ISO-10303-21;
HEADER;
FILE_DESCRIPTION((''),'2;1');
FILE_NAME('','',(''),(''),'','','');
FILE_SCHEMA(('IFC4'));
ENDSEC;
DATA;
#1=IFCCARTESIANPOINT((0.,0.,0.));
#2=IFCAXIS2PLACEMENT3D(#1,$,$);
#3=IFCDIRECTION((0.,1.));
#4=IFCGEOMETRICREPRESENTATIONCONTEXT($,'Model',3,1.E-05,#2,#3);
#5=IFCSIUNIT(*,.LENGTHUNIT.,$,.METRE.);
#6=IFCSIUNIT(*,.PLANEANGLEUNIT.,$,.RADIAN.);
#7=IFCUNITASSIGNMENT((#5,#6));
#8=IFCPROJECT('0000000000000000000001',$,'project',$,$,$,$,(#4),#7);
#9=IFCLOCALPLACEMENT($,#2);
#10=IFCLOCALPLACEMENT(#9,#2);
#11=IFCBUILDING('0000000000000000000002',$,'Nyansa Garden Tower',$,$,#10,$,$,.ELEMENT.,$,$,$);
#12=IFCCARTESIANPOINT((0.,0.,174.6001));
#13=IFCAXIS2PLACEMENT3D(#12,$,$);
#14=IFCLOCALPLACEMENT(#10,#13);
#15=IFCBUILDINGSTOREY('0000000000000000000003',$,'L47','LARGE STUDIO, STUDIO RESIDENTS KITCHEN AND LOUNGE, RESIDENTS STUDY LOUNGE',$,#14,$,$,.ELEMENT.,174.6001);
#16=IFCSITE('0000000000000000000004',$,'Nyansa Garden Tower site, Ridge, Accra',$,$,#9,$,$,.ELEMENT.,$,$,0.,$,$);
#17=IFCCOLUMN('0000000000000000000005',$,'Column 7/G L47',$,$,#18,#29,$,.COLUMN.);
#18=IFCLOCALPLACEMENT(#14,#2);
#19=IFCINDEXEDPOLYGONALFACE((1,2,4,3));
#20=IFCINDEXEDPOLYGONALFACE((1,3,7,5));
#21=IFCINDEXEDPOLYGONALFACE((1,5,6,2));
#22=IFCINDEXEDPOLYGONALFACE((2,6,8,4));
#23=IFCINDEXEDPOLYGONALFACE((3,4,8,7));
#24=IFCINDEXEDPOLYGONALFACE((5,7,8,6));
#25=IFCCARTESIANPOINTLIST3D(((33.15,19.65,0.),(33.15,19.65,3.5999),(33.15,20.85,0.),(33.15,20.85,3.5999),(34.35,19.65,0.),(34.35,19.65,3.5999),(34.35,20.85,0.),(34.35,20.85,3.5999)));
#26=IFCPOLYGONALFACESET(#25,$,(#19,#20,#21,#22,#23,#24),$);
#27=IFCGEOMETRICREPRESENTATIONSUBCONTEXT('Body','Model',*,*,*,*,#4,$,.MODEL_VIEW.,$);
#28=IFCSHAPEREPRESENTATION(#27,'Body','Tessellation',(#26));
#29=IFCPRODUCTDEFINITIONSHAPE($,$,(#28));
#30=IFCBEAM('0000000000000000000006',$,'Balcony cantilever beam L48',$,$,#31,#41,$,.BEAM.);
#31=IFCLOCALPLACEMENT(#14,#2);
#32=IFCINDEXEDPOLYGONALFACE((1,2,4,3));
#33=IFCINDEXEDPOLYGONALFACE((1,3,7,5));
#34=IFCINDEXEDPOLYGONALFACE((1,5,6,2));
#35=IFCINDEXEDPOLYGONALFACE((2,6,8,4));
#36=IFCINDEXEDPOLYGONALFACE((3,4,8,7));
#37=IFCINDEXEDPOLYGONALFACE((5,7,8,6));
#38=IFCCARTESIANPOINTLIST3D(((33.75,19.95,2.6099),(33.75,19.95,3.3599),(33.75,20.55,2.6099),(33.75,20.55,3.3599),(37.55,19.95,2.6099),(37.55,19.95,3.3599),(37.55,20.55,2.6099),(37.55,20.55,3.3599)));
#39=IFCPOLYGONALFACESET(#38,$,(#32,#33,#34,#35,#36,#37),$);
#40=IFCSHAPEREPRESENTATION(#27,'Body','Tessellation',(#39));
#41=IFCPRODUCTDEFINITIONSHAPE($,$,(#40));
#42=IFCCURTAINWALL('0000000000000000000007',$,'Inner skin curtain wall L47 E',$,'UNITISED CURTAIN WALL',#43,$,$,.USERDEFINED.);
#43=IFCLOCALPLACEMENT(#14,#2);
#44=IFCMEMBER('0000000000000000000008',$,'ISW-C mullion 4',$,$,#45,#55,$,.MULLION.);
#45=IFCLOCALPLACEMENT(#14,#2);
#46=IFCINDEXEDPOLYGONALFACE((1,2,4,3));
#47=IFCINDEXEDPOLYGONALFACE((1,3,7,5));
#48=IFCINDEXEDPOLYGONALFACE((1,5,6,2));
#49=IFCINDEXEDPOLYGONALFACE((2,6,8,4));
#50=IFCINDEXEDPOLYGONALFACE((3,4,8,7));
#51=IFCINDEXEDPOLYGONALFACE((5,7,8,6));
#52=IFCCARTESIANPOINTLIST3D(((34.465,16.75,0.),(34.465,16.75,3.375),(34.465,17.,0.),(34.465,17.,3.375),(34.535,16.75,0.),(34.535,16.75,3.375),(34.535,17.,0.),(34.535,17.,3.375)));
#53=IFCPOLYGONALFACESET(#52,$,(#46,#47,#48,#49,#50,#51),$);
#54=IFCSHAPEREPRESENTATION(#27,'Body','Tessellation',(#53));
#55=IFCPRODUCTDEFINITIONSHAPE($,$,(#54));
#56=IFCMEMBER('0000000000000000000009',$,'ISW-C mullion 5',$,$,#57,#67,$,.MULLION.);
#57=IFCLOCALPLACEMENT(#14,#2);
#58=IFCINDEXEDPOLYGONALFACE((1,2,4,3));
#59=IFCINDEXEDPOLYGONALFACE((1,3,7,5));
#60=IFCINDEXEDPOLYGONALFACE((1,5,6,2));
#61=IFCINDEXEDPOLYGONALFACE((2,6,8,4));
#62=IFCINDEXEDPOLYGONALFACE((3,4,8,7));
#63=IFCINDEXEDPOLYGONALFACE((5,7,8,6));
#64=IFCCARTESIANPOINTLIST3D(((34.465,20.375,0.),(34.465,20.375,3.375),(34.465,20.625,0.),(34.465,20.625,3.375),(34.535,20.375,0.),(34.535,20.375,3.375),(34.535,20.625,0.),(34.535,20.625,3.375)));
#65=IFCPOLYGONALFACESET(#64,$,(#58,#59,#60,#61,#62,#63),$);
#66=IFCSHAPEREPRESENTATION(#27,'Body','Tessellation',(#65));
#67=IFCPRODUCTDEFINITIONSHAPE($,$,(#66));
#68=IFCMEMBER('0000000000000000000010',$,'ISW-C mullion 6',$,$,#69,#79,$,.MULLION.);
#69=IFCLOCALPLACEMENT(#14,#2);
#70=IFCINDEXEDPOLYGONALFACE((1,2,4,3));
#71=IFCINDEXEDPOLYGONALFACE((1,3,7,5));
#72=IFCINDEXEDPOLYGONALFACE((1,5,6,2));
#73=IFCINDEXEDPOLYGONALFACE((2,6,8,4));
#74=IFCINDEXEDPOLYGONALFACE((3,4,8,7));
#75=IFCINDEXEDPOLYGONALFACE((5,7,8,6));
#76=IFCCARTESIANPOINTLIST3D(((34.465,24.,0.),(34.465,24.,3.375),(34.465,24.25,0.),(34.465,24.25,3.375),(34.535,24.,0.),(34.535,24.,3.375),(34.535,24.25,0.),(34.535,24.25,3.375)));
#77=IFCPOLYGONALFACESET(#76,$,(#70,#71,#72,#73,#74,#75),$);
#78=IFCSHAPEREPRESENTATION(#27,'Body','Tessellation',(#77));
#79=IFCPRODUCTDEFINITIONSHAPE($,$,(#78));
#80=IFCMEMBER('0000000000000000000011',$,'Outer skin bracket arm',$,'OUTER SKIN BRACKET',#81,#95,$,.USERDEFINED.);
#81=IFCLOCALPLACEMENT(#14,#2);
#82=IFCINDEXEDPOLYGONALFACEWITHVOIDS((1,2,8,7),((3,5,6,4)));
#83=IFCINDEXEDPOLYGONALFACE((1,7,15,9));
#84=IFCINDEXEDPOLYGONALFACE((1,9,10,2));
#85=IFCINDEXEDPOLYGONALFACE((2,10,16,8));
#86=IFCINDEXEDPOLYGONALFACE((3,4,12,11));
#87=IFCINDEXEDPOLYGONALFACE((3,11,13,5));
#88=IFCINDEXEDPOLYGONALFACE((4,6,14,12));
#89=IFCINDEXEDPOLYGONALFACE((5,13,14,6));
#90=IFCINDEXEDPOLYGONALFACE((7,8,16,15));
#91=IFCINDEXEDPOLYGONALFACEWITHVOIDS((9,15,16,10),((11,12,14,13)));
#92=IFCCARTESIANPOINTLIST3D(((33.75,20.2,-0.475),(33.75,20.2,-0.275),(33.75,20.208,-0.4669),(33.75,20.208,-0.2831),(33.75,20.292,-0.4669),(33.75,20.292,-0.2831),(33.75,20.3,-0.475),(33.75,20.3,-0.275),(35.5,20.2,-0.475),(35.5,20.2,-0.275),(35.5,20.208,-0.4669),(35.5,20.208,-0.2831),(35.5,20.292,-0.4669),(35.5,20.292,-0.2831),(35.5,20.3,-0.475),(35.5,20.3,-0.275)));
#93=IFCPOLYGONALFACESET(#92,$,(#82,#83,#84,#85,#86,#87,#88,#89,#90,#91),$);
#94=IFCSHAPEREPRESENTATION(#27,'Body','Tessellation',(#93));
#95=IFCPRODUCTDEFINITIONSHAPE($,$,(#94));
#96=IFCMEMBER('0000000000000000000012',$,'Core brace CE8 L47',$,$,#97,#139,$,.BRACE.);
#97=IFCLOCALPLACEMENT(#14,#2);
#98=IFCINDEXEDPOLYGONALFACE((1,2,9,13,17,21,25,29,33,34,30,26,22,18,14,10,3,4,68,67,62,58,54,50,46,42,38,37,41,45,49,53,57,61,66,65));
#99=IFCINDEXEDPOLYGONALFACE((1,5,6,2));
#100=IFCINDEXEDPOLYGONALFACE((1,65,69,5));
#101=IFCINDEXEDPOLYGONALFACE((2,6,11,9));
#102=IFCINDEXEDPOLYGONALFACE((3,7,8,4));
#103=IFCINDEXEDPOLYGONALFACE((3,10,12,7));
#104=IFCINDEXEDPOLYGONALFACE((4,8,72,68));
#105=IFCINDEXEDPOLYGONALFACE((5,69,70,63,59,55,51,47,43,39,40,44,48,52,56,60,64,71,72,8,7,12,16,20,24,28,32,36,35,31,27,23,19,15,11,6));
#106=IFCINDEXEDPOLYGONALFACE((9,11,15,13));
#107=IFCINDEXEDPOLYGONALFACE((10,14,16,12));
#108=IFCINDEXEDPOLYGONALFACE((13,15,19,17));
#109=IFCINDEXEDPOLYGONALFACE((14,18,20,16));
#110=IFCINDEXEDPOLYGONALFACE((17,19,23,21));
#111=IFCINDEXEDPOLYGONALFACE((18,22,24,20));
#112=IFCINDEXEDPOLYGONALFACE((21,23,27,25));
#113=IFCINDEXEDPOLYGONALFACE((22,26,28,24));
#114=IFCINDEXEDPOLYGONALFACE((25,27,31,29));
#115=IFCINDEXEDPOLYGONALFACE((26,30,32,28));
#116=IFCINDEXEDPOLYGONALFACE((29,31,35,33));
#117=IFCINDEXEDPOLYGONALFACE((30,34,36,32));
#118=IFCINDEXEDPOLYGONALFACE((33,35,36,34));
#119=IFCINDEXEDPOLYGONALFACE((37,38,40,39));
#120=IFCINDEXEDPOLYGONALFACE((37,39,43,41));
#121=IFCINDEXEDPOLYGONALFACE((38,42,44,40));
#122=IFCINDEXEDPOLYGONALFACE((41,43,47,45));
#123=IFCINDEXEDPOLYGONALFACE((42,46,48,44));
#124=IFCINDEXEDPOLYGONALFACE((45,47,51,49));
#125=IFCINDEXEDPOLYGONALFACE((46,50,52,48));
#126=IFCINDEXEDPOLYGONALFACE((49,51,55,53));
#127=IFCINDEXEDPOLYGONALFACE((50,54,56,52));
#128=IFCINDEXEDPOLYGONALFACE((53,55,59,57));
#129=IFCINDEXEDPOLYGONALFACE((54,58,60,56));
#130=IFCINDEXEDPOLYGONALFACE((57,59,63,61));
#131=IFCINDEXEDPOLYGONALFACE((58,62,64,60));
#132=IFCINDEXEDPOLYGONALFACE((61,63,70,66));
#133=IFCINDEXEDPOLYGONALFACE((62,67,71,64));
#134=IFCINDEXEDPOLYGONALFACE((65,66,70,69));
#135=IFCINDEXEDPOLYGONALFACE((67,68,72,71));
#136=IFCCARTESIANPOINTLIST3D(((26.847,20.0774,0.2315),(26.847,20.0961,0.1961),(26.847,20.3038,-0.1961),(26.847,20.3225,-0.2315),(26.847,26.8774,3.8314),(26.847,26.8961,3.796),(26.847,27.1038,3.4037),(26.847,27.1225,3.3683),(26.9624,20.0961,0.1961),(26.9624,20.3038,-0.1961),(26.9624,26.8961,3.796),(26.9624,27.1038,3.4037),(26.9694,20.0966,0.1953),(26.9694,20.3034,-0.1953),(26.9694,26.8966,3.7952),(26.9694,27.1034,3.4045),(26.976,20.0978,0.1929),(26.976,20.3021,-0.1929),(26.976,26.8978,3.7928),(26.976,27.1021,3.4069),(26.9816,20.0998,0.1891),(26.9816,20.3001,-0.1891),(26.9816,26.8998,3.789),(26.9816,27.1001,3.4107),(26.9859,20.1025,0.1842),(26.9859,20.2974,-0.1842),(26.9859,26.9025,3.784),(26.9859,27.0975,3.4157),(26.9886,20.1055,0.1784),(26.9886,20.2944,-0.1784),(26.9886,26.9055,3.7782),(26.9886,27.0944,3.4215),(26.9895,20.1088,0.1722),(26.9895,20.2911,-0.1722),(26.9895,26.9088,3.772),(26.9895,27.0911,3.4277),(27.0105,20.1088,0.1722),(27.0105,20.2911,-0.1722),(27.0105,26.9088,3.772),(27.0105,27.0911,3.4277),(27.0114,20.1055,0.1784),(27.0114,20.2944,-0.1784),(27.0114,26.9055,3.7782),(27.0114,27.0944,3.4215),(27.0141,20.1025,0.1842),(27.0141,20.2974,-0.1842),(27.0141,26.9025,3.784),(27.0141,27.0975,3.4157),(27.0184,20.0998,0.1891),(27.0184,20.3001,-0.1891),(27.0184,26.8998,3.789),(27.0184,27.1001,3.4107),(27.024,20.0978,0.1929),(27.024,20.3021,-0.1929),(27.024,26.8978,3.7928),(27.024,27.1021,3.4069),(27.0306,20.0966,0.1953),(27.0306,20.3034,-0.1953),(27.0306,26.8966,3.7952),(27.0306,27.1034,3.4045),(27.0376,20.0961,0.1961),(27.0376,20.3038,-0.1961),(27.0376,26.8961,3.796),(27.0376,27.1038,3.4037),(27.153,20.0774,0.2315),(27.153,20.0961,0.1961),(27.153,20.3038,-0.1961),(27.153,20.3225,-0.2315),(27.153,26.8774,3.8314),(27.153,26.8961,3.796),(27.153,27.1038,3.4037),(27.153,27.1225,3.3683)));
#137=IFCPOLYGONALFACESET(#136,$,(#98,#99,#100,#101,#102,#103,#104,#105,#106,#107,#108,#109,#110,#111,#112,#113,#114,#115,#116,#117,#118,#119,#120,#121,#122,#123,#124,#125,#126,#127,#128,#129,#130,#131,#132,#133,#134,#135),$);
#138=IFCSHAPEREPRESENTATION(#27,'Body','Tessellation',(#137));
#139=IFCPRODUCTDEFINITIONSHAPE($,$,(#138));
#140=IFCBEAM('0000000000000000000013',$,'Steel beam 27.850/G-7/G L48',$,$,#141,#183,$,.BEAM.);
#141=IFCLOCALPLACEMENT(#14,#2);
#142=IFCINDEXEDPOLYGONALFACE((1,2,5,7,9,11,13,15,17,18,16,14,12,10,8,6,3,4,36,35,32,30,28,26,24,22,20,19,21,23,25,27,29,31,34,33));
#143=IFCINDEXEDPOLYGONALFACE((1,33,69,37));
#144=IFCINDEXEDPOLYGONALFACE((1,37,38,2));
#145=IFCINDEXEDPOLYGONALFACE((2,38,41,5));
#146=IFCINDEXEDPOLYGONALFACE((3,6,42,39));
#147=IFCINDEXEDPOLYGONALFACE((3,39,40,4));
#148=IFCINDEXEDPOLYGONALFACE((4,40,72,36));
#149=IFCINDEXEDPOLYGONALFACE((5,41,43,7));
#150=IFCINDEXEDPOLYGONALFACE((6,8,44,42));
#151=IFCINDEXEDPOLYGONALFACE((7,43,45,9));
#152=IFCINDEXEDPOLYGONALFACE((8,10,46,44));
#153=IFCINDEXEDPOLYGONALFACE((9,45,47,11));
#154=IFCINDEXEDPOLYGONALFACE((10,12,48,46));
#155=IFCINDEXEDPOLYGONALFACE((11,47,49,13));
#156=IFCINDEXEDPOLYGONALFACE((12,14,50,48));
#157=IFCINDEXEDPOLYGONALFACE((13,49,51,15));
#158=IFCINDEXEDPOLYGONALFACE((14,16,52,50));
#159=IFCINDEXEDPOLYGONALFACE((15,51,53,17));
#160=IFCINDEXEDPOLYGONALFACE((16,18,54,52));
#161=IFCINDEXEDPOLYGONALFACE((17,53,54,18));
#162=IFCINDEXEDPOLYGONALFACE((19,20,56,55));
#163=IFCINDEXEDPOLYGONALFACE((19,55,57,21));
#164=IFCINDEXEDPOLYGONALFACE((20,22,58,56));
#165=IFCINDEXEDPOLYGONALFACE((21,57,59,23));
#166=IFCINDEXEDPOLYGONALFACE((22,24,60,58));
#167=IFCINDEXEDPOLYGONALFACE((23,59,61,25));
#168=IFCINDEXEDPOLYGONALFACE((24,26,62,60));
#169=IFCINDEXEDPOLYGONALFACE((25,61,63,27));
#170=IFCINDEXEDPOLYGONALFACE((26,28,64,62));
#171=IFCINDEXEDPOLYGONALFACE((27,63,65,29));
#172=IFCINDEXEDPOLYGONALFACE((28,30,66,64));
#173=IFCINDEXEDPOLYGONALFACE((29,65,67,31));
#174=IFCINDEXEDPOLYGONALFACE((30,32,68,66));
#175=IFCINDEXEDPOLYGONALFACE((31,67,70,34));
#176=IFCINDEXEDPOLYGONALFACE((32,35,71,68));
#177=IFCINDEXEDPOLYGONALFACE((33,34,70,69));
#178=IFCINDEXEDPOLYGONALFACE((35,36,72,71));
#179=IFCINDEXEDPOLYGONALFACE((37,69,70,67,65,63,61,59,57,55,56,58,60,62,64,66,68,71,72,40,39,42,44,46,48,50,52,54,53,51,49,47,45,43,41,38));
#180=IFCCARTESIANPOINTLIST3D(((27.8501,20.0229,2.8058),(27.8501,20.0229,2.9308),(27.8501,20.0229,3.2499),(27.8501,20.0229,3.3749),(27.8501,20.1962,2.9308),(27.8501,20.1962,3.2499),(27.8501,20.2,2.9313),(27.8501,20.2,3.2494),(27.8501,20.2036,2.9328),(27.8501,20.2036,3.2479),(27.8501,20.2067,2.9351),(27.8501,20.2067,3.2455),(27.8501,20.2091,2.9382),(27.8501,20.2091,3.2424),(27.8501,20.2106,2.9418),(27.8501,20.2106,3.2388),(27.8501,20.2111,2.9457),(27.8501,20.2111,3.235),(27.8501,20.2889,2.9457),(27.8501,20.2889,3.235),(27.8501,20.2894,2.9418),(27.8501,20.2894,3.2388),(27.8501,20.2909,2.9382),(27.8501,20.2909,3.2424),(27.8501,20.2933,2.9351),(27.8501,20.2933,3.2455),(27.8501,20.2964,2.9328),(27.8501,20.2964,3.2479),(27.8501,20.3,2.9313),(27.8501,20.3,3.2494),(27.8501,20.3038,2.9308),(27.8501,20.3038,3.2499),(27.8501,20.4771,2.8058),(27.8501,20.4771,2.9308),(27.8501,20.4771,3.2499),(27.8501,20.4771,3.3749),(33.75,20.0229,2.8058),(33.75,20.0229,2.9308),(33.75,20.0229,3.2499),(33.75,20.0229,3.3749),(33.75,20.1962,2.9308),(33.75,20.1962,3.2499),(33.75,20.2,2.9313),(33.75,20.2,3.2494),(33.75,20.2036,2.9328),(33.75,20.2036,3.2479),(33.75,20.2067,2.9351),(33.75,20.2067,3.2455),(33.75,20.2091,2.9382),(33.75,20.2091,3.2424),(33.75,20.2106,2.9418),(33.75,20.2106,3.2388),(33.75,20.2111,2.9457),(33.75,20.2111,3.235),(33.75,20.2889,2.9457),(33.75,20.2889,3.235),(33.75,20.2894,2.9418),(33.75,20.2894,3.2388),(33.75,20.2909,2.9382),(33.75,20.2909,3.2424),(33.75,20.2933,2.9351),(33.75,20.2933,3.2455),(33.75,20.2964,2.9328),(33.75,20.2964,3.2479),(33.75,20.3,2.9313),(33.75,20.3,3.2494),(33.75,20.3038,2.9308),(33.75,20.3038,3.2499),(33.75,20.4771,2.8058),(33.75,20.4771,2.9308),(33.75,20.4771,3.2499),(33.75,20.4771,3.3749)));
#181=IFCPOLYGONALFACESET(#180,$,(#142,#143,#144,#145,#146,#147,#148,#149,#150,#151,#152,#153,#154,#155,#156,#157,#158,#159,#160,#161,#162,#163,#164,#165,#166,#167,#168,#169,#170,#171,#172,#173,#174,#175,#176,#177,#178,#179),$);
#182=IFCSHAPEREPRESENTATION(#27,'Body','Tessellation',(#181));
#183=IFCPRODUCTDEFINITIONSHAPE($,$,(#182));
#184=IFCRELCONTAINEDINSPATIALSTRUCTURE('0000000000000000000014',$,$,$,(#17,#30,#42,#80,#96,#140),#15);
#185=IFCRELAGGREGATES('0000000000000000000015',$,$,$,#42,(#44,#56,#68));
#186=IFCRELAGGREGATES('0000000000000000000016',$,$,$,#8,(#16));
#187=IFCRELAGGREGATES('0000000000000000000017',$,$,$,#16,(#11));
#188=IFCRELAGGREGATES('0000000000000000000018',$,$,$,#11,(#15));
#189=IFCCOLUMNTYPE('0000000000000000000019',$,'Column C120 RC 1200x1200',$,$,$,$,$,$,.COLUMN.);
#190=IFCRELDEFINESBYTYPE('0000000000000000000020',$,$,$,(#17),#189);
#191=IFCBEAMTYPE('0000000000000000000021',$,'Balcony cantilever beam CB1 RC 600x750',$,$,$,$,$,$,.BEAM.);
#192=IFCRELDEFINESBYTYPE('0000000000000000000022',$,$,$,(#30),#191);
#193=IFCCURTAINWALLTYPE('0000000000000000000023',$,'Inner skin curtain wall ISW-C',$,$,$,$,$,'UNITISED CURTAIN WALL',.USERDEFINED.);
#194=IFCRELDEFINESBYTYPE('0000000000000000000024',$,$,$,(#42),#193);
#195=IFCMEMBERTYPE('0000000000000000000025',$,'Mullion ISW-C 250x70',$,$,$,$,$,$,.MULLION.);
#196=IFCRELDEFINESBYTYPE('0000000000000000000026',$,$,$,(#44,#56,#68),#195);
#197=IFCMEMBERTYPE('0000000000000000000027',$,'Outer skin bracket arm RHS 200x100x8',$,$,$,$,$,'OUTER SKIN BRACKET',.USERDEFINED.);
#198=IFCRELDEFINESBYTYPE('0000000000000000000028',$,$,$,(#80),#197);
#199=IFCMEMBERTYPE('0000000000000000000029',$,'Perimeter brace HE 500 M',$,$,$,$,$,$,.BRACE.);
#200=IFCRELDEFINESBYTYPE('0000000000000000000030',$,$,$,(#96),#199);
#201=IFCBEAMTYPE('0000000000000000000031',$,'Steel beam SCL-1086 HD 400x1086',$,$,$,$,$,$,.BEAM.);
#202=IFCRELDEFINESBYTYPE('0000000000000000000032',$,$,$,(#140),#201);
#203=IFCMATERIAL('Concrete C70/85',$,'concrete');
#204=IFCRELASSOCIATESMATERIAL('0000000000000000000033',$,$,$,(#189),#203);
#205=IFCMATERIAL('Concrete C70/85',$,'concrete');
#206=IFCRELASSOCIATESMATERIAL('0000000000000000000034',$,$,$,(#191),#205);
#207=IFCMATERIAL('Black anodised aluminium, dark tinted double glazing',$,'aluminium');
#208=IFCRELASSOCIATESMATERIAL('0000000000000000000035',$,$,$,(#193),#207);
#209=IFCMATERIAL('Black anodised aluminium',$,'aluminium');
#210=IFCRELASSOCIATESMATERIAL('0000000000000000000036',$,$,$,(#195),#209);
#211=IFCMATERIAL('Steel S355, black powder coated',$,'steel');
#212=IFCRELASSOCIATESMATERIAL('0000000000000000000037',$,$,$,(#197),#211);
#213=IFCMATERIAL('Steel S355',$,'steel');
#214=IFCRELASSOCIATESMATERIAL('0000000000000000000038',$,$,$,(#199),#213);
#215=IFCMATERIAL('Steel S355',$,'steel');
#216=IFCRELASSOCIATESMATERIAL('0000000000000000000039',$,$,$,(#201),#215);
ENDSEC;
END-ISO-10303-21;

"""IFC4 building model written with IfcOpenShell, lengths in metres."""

from ifc_helpers import new_model, si_unit, direction, frame, origin, origin_2d, place, context, subcontext, project, spatial, rectangle, hollow_rectangle, i_section, extrude, material, material_profile, profile_set, type_object, element, aggregate, save


model = new_model("IFC4")

# Units and contexts
model_context = context("Model", 3, precision=1e-05, world=origin(), true_north=direction((0.0, 1.0)))
body_context = subcontext(model_context, "Body", "Model", "MODEL_VIEW")
ifc_project = project(units=[si_unit("LENGTHUNIT", "METRE"), si_unit("PLANEANGLEUNIT", "RADIAN")], contexts=[model_context])

# Site, building, storey
site_placement = place(None, origin())
site = spatial("IfcSite", under=ifc_project, at=site_placement, Name="Nyansa Garden Tower site, Ridge, Accra", CompositionType="ELEMENT", RefElevation=0.0)
building_placement = place(site_placement, origin())
building = spatial("IfcBuilding", under=site, at=building_placement, Name="Nyansa Garden Tower", CompositionType="ELEMENT")
storey_placement = place(building_placement, frame((0.0, 0.0, 174.6001)))
storey = spatial("IfcBuildingStorey", under=building, at=storey_placement, Name="L47", Description="LARGE STUDIO, STUDIO RESIDENTS KITCHEN AND LOUNGE, RESIDENTS STUDY LOUNGE", CompositionType="ELEMENT", Elevation=174.6001)

# Column
ifc_material_1 = material(Name="Concrete C70/85", Category="concrete")
ifc_material_profile_1 = material_profile(ifc_material_1, rectangle(XDim=1.2, YDim=1.2, at=origin_2d()), Name="RC 1200x1200")
ifc_profile_set_1 = profile_set([ifc_material_profile_1], Name="Concrete C70/85")
column_type = type_object("IfcColumnType", Name="Column C120 RC 1200x1200", PredefinedType="COLUMN", material=ifc_profile_set_1)
column_placement = place(storey_placement, frame((33.75, 20.25, 0.0), z_axis=(0.0, 0.0, 1.0), x_axis=(1.0, 0.0, 0.0)))
element("IfcColumn", 1, at=column_placement, inside=storey, type_object=column_type, Name="Column 7/G L47", PredefinedType="COLUMN", context=body_context, shape_type="SweptSolid", body=[
    extrude(rectangle(XDim=1.2, YDim=1.2, at=origin_2d()), origin(), (0.0, 0.0, 1.0), 3.5999),
])

# Beam
ifc_material_2 = material(Name="Concrete C70/85", Category="concrete")
ifc_material_profile_2 = material_profile(ifc_material_2, rectangle(XDim=0.6001, YDim=0.75, at=origin_2d()), Name="RC 600x750")
ifc_profile_set_2 = profile_set([ifc_material_profile_2], Name="Concrete C70/85")
beam_type_1 = type_object("IfcBeamType", Name="Balcony cantilever beam CB1 RC 600x750", PredefinedType="BEAM", material=ifc_profile_set_2)
beam_1_placement = place(storey_placement, frame((33.75, 20.25, 2.9849), z_axis=(1.0, 0.0, 0.0), x_axis=(0.0, 1.0, 0.0)))
element("IfcBeam", 2, at=beam_1_placement, inside=storey, type_object=beam_type_1, Name="Balcony cantilever beam L48", PredefinedType="BEAM", context=body_context, shape_type="SweptSolid", body=[
    extrude(rectangle(XDim=0.6001, YDim=0.75, at=origin_2d()), origin(), (0.0, 0.0, 1.0), 3.8),
])

# Curtain wall, members
ifc_material_3 = material(Name="Black anodised aluminium, dark tinted double glazing", Category="aluminium")
curtain_wall_type = type_object("IfcCurtainWallType", Name="Inner skin curtain wall ISW-C", ElementType="UNITISED CURTAIN WALL", PredefinedType="USERDEFINED", material=ifc_material_3)
curtain_wall_placement = place(storey_placement, origin())
curtain_wall = element("IfcCurtainWall", 3, at=curtain_wall_placement, inside=storey, type_object=curtain_wall_type, Name="Inner skin curtain wall L47 E", ObjectType="UNITISED CURTAIN WALL", PredefinedType="USERDEFINED")
ifc_material_4 = material(Name="Black anodised aluminium", Category="aluminium")
ifc_material_profile_3 = material_profile(ifc_material_4, rectangle(XDim=0.0701, YDim=0.25, at=origin_2d()), Name="Mullion 250x70")
ifc_profile_set_3 = profile_set([ifc_material_profile_3], Name="Black anodised aluminium")
member_type_1 = type_object("IfcMemberType", Name="Mullion ISW-C 250x70", PredefinedType="MULLION", material=ifc_profile_set_3)
member_1_placement = place(storey_placement, frame((34.5, 16.875, 0.0), z_axis=(0.0, 0.0, 1.0), x_axis=(-1.0, 0.0, 0.0)))
member_1 = element("IfcMember", 4, at=member_1_placement, type_object=member_type_1, Name="ISW-C mullion 4", PredefinedType="MULLION", context=body_context, shape_type="SweptSolid", body=[
    extrude(rectangle(XDim=0.0701, YDim=0.25, at=origin_2d()), origin(), (0.0, 0.0, 1.0), 3.375),
])
member_2_placement = place(storey_placement, frame((34.5, 20.5, 0.0), z_axis=(0.0, 0.0, 1.0), x_axis=(-1.0, 0.0, 0.0)))
member_2 = element("IfcMember", 5, at=member_2_placement, type_object=member_type_1, Name="ISW-C mullion 5", PredefinedType="MULLION", context=body_context, shape_type="SweptSolid", body=[
    extrude(rectangle(XDim=0.0701, YDim=0.25, at=origin_2d()), origin(), (0.0, 0.0, 1.0), 3.375),
])
member_3_placement = place(storey_placement, frame((34.5, 24.125, 0.0), z_axis=(0.0, 0.0, 1.0), x_axis=(-1.0, 0.0, 0.0)))
member_3 = element("IfcMember", 6, at=member_3_placement, type_object=member_type_1, Name="ISW-C mullion 6", PredefinedType="MULLION", context=body_context, shape_type="SweptSolid", body=[
    extrude(rectangle(XDim=0.0701, YDim=0.25, at=origin_2d()), origin(), (0.0, 0.0, 1.0), 3.375),
])

# Members
ifc_material_5 = material(Name="Steel S355, black powder coated", Category="steel")
ifc_material_profile_4 = material_profile(ifc_material_5, hollow_rectangle(XDim=0.1001, YDim=0.2, WallThickness=0.0081, at=origin_2d()), Name="RHS 200x100x8")
ifc_profile_set_4 = profile_set([ifc_material_profile_4], Name="Steel S355, black powder coated")
member_type_2 = type_object("IfcMemberType", Name="Outer skin bracket arm RHS 200x100x8", ElementType="OUTER SKIN BRACKET", PredefinedType="USERDEFINED", material=ifc_profile_set_4)
member_4_placement = place(storey_placement, frame((33.75, 20.25, -0.375), z_axis=(1.0, 0.0, 0.0), x_axis=(0.0, 1.0, 0.0)))
element("IfcMember", 7, at=member_4_placement, inside=storey, type_object=member_type_2, Name="Outer skin bracket arm", ObjectType="OUTER SKIN BRACKET", PredefinedType="USERDEFINED", context=body_context, shape_type="SweptSolid", body=[
    extrude(hollow_rectangle(XDim=0.1001, YDim=0.2, WallThickness=0.0081, at=origin_2d()), origin(), (0.0, 0.0, 1.0), 1.75),
])
ifc_material_6 = material(Name="Steel S355", Category="steel")
ifc_material_profile_5 = material_profile(ifc_material_6, i_section(OverallWidth=0.3059, OverallDepth=0.5239, WebThickness=0.021, FlangeThickness=0.04, FilletRadius=0.0271, at=origin_2d()), Name="HE 500 M")
ifc_profile_set_5 = profile_set([ifc_material_profile_5], Name="Steel S355")
member_type_3 = type_object("IfcMemberType", Name="Perimeter brace HE 500 M", PredefinedType="BRACE", material=ifc_profile_set_5)
member_5_placement = place(storey_placement, frame((27.0, 20.2, 0.0), z_axis=(0.0, 0.883797, 0.46787), x_axis=(-1.0, 0.0, 0.0)))
element("IfcMember", 8, at=member_5_placement, inside=storey, type_object=member_type_3, Name="Core brace CE8 L47", PredefinedType="BRACE", context=body_context, shape_type="SweptSolid", body=[
    extrude(i_section(OverallWidth=0.3059, OverallDepth=0.5239, WebThickness=0.021, FlangeThickness=0.04, FilletRadius=0.0271, at=origin_2d()), origin(), (0.0, 0.0, 1.0), 7.6941),
])

# Beam
ifc_material_7 = material(Name="Steel S355", Category="steel")
ifc_material_profile_6 = material_profile(ifc_material_7, i_section(OverallWidth=0.4541, OverallDepth=0.5691, WebThickness=0.0779, FlangeThickness=0.125, FilletRadius=0.0149, at=origin_2d()), Name="HD 400x1086")
ifc_profile_set_6 = profile_set([ifc_material_profile_6], Name="Steel S355")
beam_type_2 = type_object("IfcBeamType", Name="Steel beam SCL-1086 HD 400x1086", PredefinedType="BEAM", material=ifc_profile_set_6)
beam_2_placement = place(storey_placement, frame((27.8501, 20.25, 3.0903), z_axis=(1.0, 0.0, 0.0), x_axis=(0.0, 1.0, 0.0)))
element("IfcBeam", 9, at=beam_2_placement, inside=storey, type_object=beam_type_2, Name="Steel beam 27.850/G-7/G L48", PredefinedType="BEAM", context=body_context, shape_type="SweptSolid", body=[
    extrude(i_section(OverallWidth=0.4541, OverallDepth=0.5691, WebThickness=0.0779, FlangeThickness=0.125, FilletRadius=0.0149, at=origin_2d()), origin(), (0.0, 0.0, 1.0), 5.8999),
])

aggregate(curtain_wall, [member_1, member_2, member_3])

save(model, "model.ifc")
